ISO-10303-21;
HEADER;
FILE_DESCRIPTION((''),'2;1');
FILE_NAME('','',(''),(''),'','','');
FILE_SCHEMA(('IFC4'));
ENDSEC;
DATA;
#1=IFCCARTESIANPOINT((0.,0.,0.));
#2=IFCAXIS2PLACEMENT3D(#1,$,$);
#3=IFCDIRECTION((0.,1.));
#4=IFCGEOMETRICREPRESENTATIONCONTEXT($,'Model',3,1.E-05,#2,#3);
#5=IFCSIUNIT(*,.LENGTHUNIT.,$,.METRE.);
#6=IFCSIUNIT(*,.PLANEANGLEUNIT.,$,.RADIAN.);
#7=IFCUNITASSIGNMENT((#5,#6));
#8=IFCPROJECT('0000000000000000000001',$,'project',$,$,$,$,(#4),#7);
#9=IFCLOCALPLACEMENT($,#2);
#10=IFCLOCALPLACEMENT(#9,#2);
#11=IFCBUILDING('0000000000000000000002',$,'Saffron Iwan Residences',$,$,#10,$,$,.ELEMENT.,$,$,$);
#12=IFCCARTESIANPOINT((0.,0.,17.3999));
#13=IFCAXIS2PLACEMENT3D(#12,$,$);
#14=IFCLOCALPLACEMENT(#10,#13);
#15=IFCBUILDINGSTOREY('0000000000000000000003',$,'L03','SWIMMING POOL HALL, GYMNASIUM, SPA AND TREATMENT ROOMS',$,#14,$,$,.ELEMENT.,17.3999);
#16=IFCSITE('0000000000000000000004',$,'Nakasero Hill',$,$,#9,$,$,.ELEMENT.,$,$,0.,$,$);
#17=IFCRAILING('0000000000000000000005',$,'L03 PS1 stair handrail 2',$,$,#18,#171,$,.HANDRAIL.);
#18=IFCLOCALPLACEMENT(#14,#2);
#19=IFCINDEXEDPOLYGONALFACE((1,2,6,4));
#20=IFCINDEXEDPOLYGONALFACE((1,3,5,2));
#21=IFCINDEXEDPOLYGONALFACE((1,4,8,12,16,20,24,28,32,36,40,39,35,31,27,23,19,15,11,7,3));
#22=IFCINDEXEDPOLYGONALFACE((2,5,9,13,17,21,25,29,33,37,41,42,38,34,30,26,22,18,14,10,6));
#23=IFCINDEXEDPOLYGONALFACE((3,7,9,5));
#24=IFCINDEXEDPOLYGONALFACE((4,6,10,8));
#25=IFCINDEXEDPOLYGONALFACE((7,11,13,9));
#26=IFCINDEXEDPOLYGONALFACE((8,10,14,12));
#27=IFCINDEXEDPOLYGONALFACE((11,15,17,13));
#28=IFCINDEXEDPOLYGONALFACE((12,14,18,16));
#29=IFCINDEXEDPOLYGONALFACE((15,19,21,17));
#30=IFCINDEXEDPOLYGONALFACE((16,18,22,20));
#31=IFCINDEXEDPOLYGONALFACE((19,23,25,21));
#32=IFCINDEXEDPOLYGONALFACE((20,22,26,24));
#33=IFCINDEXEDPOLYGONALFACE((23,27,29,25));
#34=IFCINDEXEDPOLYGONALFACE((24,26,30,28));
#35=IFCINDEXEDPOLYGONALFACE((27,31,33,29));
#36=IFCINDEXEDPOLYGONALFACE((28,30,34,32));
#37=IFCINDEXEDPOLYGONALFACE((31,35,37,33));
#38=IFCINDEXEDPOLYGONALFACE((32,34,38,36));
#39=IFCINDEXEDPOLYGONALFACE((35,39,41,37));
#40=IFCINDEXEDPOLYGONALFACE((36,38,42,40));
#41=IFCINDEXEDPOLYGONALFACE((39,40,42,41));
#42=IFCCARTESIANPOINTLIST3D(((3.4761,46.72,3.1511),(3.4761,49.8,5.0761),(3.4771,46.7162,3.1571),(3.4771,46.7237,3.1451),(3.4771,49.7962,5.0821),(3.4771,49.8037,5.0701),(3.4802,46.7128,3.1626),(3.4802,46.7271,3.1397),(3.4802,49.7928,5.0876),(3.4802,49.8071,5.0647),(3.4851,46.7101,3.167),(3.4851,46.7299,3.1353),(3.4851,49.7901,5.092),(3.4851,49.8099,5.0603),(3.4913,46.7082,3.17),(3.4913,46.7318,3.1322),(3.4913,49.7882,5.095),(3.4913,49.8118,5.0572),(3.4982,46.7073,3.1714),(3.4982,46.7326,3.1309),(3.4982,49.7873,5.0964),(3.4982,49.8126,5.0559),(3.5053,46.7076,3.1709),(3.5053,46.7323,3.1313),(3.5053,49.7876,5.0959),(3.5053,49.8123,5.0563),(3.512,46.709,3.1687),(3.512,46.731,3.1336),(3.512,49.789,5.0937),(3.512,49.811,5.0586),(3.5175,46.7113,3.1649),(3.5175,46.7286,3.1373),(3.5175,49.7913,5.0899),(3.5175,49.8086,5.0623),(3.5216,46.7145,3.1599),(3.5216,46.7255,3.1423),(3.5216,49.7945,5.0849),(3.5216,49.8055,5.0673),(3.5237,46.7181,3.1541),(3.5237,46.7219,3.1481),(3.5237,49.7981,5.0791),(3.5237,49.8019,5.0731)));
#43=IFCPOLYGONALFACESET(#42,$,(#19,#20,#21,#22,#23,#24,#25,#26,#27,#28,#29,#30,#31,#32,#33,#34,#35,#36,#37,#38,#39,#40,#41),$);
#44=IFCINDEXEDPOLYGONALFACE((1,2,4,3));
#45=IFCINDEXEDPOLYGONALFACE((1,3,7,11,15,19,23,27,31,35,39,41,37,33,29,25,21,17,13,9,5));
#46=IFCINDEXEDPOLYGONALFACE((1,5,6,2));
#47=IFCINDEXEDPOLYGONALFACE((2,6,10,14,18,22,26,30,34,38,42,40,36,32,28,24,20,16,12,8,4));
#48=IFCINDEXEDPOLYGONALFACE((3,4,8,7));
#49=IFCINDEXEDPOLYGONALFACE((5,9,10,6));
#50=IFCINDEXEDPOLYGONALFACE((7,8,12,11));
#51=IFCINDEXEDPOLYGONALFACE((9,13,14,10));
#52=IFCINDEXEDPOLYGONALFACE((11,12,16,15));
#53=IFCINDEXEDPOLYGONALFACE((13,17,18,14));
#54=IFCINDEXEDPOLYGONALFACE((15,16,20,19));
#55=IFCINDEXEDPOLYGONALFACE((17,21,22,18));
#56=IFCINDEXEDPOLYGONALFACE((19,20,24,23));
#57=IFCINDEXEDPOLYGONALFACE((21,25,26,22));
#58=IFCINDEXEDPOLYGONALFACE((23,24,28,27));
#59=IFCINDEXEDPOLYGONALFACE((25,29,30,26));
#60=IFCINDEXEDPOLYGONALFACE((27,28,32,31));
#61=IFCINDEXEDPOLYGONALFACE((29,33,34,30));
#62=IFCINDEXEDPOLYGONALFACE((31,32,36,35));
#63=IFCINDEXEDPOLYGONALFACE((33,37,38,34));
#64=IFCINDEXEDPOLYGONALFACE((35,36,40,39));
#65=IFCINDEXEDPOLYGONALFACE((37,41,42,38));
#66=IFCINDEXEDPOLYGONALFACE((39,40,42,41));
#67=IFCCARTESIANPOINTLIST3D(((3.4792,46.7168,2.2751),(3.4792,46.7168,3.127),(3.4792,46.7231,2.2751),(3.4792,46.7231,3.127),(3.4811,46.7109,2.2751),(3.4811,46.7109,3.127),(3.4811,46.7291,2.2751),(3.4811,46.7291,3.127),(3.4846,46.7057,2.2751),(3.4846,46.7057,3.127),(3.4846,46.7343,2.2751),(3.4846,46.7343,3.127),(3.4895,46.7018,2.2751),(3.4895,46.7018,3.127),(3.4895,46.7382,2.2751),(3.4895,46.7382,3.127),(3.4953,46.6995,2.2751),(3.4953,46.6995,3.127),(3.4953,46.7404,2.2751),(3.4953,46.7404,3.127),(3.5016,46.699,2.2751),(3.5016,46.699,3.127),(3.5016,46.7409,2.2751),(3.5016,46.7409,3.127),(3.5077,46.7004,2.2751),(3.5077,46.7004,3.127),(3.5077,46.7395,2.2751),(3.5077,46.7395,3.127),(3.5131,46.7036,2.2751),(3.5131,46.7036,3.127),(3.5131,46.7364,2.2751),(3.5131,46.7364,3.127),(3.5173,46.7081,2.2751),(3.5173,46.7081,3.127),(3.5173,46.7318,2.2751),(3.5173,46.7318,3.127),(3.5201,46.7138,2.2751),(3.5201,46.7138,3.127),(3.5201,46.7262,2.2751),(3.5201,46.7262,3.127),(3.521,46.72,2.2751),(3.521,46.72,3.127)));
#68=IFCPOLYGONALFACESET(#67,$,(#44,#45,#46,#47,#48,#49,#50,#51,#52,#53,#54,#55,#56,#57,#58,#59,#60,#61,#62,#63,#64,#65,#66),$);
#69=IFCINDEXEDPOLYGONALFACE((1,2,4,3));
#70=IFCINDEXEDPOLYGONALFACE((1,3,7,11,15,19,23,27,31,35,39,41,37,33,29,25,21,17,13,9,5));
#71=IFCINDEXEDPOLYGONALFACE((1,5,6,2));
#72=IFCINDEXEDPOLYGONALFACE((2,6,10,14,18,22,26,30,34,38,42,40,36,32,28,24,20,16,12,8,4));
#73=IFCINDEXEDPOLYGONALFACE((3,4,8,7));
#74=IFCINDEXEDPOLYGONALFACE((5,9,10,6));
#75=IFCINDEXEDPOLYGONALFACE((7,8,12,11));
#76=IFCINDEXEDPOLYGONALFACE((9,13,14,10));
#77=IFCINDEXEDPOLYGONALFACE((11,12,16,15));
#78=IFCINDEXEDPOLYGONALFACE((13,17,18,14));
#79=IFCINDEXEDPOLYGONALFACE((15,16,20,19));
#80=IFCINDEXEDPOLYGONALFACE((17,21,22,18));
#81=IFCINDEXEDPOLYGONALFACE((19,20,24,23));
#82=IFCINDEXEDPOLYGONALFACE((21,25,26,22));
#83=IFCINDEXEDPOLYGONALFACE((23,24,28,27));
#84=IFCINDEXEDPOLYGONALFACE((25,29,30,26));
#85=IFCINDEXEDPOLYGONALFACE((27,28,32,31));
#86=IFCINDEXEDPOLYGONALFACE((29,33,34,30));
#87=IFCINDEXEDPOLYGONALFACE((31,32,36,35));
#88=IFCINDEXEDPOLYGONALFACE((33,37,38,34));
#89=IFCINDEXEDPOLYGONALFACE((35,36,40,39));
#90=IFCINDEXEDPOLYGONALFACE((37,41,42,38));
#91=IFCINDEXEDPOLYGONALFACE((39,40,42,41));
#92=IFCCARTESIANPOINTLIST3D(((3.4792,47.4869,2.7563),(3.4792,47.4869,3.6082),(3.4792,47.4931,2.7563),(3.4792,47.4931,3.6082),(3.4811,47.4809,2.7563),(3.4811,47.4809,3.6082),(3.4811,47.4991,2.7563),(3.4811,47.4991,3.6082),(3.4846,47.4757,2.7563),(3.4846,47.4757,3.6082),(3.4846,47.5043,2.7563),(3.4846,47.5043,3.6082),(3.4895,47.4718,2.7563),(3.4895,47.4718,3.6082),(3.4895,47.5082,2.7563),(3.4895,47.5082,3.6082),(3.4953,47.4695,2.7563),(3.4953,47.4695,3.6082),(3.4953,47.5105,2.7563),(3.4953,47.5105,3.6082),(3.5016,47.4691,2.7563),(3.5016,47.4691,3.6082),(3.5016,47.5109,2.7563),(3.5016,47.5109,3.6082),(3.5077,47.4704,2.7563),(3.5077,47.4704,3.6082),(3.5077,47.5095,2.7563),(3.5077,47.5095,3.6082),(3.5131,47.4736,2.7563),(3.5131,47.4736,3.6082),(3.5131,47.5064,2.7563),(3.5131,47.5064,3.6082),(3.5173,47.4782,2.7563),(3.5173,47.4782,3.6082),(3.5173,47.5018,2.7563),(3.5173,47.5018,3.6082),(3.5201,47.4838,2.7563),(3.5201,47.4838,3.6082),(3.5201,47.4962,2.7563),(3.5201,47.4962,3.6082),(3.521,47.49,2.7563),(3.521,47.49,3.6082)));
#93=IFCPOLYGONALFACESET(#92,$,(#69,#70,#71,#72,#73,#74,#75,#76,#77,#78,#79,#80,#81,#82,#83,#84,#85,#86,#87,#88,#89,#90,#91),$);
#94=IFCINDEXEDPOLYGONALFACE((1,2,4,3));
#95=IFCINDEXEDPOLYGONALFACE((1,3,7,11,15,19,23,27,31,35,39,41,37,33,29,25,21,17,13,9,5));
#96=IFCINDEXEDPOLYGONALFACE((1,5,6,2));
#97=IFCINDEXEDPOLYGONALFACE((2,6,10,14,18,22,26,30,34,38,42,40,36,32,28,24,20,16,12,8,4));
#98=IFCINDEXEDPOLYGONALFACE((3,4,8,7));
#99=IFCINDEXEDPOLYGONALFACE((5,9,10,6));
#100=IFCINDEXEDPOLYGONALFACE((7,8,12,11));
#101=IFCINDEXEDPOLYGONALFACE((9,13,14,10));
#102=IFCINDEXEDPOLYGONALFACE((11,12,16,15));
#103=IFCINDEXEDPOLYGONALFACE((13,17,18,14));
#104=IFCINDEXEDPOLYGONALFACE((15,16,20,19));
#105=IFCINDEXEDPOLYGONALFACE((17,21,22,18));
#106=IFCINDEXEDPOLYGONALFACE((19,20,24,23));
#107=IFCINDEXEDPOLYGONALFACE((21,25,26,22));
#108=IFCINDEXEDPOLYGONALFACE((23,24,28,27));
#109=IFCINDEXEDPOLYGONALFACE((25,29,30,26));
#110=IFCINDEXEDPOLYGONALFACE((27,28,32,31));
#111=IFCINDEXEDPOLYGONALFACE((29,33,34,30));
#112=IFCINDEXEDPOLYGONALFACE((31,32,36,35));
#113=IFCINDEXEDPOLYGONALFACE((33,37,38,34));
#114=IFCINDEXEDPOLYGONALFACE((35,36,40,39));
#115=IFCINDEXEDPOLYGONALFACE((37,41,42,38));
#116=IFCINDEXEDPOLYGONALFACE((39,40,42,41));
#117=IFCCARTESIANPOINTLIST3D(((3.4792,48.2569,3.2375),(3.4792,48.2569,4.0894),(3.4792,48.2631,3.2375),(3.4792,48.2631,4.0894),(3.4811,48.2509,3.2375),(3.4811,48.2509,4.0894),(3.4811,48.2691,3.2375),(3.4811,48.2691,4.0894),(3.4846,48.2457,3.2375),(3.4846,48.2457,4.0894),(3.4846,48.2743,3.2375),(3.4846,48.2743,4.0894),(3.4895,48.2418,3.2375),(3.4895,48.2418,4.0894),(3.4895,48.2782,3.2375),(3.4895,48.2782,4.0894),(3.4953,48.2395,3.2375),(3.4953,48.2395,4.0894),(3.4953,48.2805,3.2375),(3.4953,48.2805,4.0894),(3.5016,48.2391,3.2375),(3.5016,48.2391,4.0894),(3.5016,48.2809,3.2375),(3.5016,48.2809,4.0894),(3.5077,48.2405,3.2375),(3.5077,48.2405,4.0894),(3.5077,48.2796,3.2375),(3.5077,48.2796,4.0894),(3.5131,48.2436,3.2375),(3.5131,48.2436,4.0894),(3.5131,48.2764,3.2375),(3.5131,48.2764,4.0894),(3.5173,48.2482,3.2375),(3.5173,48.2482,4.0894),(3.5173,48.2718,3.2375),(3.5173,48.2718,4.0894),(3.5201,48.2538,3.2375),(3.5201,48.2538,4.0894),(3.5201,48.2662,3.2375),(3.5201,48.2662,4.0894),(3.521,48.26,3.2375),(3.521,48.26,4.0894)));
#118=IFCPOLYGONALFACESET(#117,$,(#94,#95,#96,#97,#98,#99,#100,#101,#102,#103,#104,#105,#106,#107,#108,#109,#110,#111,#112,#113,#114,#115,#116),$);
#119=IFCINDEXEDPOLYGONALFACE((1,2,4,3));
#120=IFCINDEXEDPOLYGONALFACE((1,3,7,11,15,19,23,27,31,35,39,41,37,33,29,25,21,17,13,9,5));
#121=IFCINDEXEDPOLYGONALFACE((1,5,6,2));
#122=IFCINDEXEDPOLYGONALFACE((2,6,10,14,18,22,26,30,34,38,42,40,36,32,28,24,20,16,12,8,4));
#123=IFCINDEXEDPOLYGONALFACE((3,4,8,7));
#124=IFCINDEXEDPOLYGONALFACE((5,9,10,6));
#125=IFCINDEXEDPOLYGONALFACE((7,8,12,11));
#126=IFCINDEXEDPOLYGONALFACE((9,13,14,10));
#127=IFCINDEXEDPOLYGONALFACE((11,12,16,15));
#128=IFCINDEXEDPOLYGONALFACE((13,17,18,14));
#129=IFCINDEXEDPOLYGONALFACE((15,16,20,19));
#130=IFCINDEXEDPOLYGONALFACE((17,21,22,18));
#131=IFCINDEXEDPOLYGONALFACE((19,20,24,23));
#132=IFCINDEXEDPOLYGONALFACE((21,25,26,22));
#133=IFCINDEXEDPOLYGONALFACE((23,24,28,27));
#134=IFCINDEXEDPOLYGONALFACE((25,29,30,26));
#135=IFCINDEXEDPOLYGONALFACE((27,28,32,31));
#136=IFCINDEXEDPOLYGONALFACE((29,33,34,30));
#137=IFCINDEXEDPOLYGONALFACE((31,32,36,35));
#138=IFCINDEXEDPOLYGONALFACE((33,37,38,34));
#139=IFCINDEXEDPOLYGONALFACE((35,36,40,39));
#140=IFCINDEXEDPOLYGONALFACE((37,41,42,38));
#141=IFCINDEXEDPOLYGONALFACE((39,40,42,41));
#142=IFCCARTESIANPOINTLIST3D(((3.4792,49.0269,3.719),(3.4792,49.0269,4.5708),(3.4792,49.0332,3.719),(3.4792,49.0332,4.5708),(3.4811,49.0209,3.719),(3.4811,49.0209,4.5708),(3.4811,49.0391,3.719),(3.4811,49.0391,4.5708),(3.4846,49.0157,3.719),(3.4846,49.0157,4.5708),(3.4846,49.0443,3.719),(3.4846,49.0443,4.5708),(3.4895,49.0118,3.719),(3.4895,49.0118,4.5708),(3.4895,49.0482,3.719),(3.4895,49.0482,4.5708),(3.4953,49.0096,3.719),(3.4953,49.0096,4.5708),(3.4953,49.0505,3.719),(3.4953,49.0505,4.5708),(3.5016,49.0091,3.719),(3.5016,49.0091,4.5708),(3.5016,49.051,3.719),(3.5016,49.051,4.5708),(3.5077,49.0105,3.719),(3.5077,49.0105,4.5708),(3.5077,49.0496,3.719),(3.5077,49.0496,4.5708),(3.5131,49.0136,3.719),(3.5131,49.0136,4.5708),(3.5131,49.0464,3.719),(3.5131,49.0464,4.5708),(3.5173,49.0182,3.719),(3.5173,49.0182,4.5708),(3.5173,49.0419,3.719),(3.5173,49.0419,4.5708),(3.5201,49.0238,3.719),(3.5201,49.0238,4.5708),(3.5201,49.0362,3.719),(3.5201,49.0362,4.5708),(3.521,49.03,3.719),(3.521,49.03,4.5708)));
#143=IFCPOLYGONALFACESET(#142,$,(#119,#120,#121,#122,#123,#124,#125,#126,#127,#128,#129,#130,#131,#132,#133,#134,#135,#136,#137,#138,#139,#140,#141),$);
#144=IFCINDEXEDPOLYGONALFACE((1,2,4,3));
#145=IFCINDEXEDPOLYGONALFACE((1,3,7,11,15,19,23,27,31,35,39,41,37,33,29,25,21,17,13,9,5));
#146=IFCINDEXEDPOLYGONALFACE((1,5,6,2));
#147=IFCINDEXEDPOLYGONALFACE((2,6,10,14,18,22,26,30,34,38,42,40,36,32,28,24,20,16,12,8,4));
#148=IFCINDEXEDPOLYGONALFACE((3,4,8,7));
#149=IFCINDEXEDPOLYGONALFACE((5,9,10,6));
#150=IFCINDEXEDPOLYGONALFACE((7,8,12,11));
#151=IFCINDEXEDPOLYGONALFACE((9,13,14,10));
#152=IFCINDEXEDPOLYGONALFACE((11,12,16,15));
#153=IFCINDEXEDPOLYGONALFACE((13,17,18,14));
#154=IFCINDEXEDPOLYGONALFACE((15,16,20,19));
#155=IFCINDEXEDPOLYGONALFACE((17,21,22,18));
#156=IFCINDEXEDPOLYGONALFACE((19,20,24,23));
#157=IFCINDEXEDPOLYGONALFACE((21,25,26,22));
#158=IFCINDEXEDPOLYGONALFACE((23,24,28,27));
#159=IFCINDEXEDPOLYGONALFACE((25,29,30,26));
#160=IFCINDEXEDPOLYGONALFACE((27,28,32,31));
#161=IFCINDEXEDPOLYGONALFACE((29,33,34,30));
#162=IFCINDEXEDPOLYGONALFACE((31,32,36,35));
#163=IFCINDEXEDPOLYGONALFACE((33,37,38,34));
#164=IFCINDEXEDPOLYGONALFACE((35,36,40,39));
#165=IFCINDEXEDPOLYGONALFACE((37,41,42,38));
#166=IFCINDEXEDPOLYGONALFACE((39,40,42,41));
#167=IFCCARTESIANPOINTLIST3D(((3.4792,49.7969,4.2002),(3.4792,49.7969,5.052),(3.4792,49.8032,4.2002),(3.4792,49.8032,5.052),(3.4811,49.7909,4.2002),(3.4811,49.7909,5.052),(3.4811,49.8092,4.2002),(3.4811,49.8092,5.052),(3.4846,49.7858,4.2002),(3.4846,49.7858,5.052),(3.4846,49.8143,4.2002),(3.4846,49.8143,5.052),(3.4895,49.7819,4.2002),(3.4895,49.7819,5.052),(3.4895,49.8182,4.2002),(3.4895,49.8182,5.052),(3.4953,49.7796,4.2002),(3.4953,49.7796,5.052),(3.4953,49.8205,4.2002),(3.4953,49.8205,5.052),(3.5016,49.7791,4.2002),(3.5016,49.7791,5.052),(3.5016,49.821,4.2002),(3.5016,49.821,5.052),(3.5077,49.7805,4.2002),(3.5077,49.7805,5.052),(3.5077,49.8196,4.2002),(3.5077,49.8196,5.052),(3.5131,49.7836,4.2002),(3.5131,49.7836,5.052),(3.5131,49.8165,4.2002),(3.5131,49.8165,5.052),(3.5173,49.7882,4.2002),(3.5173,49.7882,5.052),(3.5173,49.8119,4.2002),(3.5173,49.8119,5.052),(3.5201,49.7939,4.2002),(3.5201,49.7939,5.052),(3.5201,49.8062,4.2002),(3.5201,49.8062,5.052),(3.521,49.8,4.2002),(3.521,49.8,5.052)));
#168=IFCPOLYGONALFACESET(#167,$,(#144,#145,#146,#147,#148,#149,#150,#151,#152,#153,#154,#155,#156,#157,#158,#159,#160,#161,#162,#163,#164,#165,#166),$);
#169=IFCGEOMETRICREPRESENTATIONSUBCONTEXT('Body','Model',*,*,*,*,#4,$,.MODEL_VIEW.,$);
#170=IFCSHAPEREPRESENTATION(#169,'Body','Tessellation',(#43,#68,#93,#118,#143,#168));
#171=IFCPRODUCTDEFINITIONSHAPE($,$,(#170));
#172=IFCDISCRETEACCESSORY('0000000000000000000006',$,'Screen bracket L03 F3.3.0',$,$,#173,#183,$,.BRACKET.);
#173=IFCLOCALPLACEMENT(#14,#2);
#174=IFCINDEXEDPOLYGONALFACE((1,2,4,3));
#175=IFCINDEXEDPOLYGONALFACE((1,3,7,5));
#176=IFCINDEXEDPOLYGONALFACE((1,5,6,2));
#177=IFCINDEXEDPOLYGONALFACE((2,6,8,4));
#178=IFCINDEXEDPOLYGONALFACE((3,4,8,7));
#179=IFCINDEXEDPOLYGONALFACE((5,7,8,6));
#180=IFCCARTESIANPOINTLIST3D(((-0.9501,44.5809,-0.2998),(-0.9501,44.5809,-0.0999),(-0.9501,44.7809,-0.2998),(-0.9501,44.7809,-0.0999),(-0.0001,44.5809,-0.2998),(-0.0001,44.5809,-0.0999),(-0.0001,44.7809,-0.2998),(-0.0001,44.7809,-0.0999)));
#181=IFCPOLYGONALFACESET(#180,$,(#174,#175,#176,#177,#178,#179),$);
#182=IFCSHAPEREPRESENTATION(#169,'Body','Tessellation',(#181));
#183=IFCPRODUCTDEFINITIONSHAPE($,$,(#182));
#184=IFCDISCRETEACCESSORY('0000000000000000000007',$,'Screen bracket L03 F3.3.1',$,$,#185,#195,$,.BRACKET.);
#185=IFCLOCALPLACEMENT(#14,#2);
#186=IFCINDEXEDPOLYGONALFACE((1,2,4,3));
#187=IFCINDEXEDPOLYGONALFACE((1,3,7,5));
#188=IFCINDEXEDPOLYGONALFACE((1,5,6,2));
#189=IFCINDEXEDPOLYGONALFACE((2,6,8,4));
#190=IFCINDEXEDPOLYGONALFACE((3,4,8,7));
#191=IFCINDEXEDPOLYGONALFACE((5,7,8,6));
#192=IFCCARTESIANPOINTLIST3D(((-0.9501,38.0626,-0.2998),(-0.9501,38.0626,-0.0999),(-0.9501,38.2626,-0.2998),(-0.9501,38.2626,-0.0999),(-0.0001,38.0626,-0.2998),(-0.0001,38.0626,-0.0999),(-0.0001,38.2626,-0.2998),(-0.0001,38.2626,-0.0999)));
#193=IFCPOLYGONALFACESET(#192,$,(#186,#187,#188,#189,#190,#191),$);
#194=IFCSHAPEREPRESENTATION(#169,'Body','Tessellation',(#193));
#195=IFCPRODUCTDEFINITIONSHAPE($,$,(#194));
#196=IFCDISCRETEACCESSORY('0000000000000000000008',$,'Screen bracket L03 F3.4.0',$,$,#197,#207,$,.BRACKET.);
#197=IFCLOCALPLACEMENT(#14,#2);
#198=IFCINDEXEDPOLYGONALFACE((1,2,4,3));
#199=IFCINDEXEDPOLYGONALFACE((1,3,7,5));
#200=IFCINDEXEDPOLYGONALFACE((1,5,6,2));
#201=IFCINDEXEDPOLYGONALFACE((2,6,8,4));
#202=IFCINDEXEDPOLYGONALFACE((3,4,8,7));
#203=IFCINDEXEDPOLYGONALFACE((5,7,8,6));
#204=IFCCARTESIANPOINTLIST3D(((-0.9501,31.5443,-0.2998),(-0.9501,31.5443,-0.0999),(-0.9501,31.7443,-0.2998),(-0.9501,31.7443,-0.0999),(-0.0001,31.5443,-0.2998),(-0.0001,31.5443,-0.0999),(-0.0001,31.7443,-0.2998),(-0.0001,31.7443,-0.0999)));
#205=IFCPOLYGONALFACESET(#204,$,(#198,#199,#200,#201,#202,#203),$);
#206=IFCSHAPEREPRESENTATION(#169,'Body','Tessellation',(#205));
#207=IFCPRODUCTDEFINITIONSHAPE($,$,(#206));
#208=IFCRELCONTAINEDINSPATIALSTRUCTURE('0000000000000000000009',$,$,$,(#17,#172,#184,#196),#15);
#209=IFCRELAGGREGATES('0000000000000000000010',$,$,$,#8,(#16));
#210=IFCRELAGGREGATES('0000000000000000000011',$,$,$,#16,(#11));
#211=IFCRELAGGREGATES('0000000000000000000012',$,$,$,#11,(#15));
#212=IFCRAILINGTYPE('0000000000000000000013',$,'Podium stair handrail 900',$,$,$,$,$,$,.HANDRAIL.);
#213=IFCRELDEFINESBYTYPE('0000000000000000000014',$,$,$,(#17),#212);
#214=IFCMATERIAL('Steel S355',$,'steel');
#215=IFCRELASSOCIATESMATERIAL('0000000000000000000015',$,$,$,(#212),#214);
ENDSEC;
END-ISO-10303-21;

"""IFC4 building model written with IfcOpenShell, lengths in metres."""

from ifc_helpers import new_model, si_unit, direction, frame, origin, origin_2d, place, context, subcontext, project, spatial, rectangle, circle, extrude, source, transform, mapped, material, type_object, element, save


model = new_model("IFC4")

# Units and contexts
model_context = context("Model", 3, precision=1e-05, world=origin(), true_north=direction((0.0, 1.0)))
body_context = subcontext(model_context, "Body", "Model", "MODEL_VIEW")
ifc_project = project(units=[si_unit("LENGTHUNIT", "METRE"), si_unit("PLANEANGLEUNIT", "RADIAN")], contexts=[model_context])

# Site, building, storey
site_placement = place(None, origin())
site = spatial("IfcSite", under=ifc_project, at=site_placement, Name="Nakasero Hill", CompositionType="ELEMENT", RefElevation=0.0)
building_placement = place(site_placement, origin())
building = spatial("IfcBuilding", under=site, at=building_placement, Name="Saffron Iwan Residences", CompositionType="ELEMENT")
storey_placement = place(building_placement, frame((0.0, 0.0, 17.3999)))
storey = spatial("IfcBuildingStorey", under=building, at=storey_placement, Name="L03", Description="SWIMMING POOL HALL, GYMNASIUM, SPA AND TREATMENT ROOMS", CompositionType="ELEMENT", Elevation=17.3999)

# Railing
ifc_material_1 = material(Name="Steel S355", Category="steel")
railing_type_1 = type_object("IfcRailingType", Name="Podium stair handrail 900", PredefinedType="HANDRAIL", material=ifc_material_1)
railing_1_placement = place(storey_placement, frame((3.5, 46.72, 2.2751)))
element("IfcRailing", 1, at=railing_1_placement, inside=storey, type_object=railing_type_1, Name="L03 PS1 stair handrail 2", PredefinedType="HANDRAIL", context=body_context, shape_type="SweptSolid", body=[
    extrude(circle(Radius=0.0239, at=origin_2d()), frame((0.0, 0.0, 0.876), z_axis=(0.0, 0.847998, 0.529999), x_axis=(-1.0, 0.0, 0.0)), (0.0, 0.0, 1.0), 3.6321),
    extrude(circle(Radius=0.021, at=origin_2d()), origin(), (0.0, 0.0, 1.0), 0.8518),
    extrude(circle(Radius=0.021, at=origin_2d()), frame((0.0, 0.77, 0.4812)), (0.0, 0.0, 1.0), 0.8518),
    extrude(circle(Radius=0.021, at=origin_2d()), frame((0.0, 1.54, 0.9624)), (0.0, 0.0, 1.0), 0.8518),
    extrude(circle(Radius=0.021, at=origin_2d()), frame((0.0, 2.3101, 1.4438)), (0.0, 0.0, 1.0), 0.8518),
    extrude(circle(Radius=0.021, at=origin_2d()), frame((0.0, 3.0801, 1.925)), (0.0, 0.0, 1.0), 0.8518),
])

# Discrete accessories
shared_shape_1 = source(origin(), body_context, "Body", "SweptSolid", [
    extrude(rectangle(XDim=0.95, YDim=0.2, at=origin_2d()), origin(), (0.0, 0.0, 1.0), 0.2),
])
for number, where, z_axis, x_axis, name in (
    (2, (-0.4751, 44.6809, -0.2998), (0.0, 0.0, 1.0), (-1.0, 0.0, 0.0), "Screen bracket L03 F3.3.0"),
    (3, (-0.4751, 38.1626, -0.2998), (0.0, 0.0, 1.0), (-1.0, 0.0, 0.0), "Screen bracket L03 F3.3.1"),
    (4, (-0.4751, 31.6443, -0.2998), (0.0, 0.0, 1.0), (-1.0, 0.0, 0.0), "Screen bracket L03 F3.4.0"),
):
    element("IfcDiscreteAccessory", number, at=place(storey_placement, frame(where, z_axis=z_axis, x_axis=x_axis)), inside=storey, Name=name, PredefinedType="BRACKET", context=body_context, shape_type="MappedRepresentation", body=[
        mapped(shared_shape_1, transform((0.0, 0.0, 0.0))),
    ])

save(model, "model.ifc")
